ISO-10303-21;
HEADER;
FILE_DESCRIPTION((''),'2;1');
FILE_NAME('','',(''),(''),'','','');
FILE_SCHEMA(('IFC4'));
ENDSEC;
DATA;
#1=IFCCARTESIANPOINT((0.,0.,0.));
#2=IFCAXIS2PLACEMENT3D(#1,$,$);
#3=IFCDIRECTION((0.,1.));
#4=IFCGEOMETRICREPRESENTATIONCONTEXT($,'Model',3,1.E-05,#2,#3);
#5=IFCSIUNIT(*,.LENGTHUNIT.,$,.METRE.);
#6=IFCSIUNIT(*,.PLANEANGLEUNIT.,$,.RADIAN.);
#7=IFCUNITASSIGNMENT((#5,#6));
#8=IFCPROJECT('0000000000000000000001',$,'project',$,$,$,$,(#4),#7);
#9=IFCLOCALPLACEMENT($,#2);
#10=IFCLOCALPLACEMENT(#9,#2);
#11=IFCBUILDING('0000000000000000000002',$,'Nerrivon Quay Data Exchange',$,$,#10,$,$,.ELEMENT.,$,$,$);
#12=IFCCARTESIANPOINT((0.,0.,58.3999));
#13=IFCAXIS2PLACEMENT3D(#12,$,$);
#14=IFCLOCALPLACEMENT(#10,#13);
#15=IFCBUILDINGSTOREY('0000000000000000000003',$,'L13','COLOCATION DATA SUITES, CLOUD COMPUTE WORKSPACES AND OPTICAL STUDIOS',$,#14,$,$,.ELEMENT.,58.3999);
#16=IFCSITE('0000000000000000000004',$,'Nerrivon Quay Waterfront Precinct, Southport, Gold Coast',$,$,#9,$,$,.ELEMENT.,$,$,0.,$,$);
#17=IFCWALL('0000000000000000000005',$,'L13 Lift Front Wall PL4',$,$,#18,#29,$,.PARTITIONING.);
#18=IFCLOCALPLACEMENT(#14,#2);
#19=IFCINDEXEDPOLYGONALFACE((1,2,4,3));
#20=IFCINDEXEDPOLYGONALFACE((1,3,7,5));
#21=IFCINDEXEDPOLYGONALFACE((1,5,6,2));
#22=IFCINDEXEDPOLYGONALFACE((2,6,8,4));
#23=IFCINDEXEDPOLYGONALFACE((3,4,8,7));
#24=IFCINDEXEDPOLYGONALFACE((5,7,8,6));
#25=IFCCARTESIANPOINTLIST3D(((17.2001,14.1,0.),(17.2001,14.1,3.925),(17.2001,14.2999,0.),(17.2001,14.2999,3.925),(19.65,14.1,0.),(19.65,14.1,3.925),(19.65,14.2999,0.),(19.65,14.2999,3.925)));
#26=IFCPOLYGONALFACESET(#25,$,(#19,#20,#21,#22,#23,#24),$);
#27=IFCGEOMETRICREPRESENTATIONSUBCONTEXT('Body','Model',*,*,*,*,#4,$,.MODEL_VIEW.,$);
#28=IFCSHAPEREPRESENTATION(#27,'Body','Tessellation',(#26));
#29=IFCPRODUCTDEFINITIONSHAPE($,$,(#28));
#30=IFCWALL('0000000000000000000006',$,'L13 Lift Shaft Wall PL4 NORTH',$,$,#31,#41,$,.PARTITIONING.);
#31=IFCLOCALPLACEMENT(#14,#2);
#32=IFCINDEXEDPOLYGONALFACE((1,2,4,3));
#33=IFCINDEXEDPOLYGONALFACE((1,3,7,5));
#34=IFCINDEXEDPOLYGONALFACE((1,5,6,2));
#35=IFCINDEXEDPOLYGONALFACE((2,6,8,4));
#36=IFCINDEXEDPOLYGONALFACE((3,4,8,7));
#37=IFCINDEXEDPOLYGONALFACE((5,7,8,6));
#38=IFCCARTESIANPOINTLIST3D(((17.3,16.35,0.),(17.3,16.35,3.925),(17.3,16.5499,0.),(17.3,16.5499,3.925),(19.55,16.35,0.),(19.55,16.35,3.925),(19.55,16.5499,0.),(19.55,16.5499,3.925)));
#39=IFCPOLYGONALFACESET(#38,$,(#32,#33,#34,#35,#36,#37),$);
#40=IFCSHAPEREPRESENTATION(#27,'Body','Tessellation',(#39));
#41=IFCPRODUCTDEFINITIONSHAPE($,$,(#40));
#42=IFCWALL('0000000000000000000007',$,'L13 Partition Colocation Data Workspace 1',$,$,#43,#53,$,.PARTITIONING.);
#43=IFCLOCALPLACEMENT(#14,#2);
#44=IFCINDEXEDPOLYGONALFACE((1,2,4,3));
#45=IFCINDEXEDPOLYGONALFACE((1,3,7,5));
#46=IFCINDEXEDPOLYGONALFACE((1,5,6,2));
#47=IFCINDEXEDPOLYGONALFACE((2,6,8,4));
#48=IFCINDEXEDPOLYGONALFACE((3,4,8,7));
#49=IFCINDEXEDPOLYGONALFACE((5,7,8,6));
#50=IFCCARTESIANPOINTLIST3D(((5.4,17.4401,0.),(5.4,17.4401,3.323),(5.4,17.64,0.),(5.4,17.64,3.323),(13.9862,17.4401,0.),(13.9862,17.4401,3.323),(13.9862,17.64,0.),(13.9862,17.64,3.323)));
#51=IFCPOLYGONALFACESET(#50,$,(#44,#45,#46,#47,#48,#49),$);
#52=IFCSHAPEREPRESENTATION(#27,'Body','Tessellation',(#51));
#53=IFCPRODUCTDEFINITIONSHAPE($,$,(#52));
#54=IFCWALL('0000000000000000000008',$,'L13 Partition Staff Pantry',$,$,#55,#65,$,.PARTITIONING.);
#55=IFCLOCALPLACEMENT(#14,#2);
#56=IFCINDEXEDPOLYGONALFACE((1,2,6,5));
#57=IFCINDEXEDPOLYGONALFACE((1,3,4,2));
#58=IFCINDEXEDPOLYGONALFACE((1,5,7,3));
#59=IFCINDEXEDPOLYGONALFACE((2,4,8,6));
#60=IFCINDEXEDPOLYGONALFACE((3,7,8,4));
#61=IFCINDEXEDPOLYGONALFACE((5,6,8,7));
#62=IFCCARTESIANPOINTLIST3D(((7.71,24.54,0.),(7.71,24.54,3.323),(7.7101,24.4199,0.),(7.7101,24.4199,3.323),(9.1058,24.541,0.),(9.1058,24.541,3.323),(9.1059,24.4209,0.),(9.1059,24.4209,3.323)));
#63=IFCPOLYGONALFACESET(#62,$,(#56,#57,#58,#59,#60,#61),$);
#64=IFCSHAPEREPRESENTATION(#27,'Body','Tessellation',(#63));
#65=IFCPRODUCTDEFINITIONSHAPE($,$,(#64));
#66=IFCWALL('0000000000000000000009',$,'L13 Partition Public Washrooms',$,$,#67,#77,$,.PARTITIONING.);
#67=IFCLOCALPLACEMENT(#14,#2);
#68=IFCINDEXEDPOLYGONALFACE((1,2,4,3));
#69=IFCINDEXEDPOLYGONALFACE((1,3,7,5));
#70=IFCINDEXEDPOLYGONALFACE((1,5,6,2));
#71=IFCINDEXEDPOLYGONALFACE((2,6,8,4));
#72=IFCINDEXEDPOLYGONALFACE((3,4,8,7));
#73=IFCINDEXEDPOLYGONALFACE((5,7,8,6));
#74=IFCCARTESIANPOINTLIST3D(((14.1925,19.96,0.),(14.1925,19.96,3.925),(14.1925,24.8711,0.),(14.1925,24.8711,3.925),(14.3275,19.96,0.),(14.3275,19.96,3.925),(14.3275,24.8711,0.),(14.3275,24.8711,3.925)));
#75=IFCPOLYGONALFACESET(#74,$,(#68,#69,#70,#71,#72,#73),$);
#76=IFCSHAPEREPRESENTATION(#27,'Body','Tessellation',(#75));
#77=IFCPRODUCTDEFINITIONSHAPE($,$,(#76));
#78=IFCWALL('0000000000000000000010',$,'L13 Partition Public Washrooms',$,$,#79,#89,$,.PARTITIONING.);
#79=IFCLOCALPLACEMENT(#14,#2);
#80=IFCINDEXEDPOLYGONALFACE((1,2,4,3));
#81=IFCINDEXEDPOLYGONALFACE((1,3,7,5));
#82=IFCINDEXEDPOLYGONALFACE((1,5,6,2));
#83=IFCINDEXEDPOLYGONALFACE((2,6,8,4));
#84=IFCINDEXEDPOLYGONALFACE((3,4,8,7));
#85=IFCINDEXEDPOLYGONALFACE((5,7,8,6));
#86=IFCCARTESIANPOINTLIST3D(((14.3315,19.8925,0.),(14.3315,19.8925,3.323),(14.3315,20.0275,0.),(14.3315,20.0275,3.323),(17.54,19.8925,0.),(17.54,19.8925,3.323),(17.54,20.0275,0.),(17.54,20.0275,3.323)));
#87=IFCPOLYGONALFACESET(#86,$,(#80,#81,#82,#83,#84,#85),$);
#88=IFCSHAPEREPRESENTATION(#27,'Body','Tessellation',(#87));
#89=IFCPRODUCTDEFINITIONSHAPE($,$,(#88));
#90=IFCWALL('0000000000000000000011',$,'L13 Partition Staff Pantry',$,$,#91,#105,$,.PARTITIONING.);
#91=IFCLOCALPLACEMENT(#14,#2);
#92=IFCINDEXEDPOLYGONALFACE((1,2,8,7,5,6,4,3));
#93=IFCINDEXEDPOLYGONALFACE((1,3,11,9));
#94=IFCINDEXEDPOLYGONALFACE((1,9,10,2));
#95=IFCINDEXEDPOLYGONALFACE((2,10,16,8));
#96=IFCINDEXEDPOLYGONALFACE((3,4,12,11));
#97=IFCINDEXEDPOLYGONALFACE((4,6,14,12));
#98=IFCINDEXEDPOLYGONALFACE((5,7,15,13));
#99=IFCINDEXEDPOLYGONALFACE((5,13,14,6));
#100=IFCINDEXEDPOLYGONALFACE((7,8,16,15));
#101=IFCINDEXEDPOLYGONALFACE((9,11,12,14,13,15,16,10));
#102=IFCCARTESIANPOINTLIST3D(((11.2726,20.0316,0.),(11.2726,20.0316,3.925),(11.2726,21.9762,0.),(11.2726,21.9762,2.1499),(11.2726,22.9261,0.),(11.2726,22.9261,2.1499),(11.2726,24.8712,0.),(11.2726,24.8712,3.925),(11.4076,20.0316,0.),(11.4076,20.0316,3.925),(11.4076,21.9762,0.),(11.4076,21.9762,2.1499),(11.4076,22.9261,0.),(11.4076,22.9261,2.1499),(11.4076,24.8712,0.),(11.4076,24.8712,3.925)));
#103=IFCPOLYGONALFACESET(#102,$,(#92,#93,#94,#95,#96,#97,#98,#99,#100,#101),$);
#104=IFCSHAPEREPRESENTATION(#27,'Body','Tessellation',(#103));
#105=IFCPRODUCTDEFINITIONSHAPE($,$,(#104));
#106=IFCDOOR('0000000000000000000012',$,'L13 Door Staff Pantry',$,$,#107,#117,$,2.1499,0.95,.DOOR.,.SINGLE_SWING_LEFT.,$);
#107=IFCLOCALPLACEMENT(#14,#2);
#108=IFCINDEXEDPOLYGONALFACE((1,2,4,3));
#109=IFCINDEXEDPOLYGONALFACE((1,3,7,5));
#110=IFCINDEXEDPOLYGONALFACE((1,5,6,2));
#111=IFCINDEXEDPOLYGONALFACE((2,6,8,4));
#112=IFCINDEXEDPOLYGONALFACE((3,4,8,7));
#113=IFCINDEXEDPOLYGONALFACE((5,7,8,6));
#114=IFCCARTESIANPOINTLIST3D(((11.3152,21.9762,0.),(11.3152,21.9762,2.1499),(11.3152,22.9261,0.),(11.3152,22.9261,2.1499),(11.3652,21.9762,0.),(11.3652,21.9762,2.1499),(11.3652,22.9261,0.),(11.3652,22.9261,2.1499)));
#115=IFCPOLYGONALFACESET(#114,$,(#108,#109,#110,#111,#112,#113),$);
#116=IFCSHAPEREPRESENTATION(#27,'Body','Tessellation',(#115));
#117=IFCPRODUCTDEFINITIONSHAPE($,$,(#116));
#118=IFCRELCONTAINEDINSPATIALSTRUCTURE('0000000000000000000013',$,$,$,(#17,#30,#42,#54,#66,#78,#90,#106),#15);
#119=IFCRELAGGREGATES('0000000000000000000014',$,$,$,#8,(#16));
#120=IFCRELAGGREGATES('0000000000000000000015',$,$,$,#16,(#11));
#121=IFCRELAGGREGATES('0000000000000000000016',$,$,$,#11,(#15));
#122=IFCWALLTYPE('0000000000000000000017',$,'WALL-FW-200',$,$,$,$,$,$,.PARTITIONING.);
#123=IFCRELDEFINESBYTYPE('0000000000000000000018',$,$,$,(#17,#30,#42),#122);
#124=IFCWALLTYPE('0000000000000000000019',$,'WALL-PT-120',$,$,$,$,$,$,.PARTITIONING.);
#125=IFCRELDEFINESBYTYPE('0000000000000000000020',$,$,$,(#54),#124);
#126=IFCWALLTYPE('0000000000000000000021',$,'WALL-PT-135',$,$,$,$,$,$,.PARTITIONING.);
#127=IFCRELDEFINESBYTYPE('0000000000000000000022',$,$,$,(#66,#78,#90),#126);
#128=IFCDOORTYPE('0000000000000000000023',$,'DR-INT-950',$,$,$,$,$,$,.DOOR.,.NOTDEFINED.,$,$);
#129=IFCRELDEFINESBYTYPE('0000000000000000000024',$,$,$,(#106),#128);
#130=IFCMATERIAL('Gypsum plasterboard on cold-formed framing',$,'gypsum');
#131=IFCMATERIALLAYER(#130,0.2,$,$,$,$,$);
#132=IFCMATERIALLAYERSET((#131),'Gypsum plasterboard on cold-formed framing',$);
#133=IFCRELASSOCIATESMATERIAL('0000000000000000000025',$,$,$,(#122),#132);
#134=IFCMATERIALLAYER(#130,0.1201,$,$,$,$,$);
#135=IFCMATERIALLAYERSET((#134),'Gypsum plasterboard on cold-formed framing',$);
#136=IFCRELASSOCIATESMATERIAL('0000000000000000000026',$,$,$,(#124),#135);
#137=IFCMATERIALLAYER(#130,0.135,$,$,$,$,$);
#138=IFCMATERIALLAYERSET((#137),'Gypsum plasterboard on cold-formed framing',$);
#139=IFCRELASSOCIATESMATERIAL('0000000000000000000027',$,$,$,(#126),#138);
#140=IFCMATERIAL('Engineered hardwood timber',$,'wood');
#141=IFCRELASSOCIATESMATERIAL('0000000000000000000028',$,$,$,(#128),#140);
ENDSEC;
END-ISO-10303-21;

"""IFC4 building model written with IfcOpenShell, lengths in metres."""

from ifc_helpers import new_model, si_unit, direction, frame, frame_2d, origin, place, context, subcontext, project, spatial, rectangle, extrude, material, layer, layer_set, type_object, element, fill, save


model = new_model("IFC4")

# Units and contexts
model_context = context("Model", 3, precision=1e-05, world=origin(), true_north=direction((0.0, 1.0)))
body_context = subcontext(model_context, "Body", "Model", "MODEL_VIEW")
ifc_project = project(units=[si_unit("LENGTHUNIT", "METRE"), si_unit("PLANEANGLEUNIT", "RADIAN")], contexts=[model_context])

# Site, building, storey
site_placement = place(None, origin())
site = spatial("IfcSite", under=ifc_project, at=site_placement, Name="Nerrivon Quay Waterfront Precinct, Southport, Gold Coast", CompositionType="ELEMENT", RefElevation=0.0)
building_placement = place(site_placement, origin())
building = spatial("IfcBuilding", under=site, at=building_placement, Name="Nerrivon Quay Data Exchange", CompositionType="ELEMENT")
storey_placement = place(building_placement, frame((0.0, 0.0, 58.3999)))
storey = spatial("IfcBuildingStorey", under=building, at=storey_placement, Name="L13", Description="COLOCATION DATA SUITES, CLOUD COMPUTE WORKSPACES AND OPTICAL STUDIOS", CompositionType="ELEMENT", Elevation=58.3999)

# Shared definitions
ifc_material_1 = material(Name="Gypsum plasterboard on cold-formed framing", Category="gypsum")
ifc_layer_1 = layer(ifc_material_1, 0.2)
ifc_layer_set_1 = layer_set([ifc_layer_1], Name="Gypsum plasterboard on cold-formed framing")
wall_type_1 = type_object("IfcWallType", Name="WALL-FW-200", PredefinedType="PARTITIONING", material=ifc_layer_set_1)

# Walls
wall_1_placement = place(storey_placement, frame((17.2, 14.2, 0.0), z_axis=(0.0, 0.0, 1.0), x_axis=(1.0, 0.0, 0.0)))
element("IfcWall", 1, at=wall_1_placement, inside=storey, type_object=wall_type_1, Name="L13 Lift Front Wall PL4", PredefinedType="PARTITIONING", context=body_context, shape_type="SweptSolid", body=[
    extrude(rectangle(XDim=2.45, YDim=0.2, at=frame_2d((1.2251, 0.0))), origin(), (0.0, 0.0, 1.0), 3.925),
])
wall_2_placement = place(storey_placement, frame((17.3, 16.45, 0.0), z_axis=(0.0, 0.0, 1.0), x_axis=(1.0, 0.0, 0.0)))
element("IfcWall", 2, at=wall_2_placement, inside=storey, type_object=wall_type_1, Name="L13 Lift Shaft Wall PL4 NORTH", PredefinedType="PARTITIONING", context=body_context, shape_type="SweptSolid", body=[
    extrude(rectangle(XDim=2.25, YDim=0.2, at=frame_2d((1.125, 0.0))), origin(), (0.0, 0.0, 1.0), 3.925),
])
wall_3_placement = place(storey_placement, frame((13.9861, 17.54, 0.0), z_axis=(0.0, 0.0, 1.0), x_axis=(-1.0, 0.0, 0.0)))
element("IfcWall", 3, at=wall_3_placement, inside=storey, type_object=wall_type_1, Name="L13 Partition Colocation Data Workspace 1", PredefinedType="PARTITIONING", context=body_context, shape_type="SweptSolid", body=[
    extrude(rectangle(XDim=8.5862, YDim=0.2, at=frame_2d((4.293, 0.0))), origin(), (0.0, 0.0, 1.0), 3.323),
])
ifc_layer_2 = layer(ifc_material_1, 0.1201)
ifc_layer_set_2 = layer_set([ifc_layer_2], Name="Gypsum plasterboard on cold-formed framing")
wall_type_2 = type_object("IfcWallType", Name="WALL-PT-120", PredefinedType="PARTITIONING", material=ifc_layer_set_2)
wall_4_placement = place(storey_placement, frame((9.1057, 24.481, 0.0), z_axis=(0.0, 0.0, 1.0), x_axis=(-1.0, -0.0007, 0.0)))
element("IfcWall", 4, at=wall_4_placement, inside=storey, type_object=wall_type_2, Name="L13 Partition Staff Pantry", PredefinedType="PARTITIONING", context=body_context, shape_type="SweptSolid", body=[
    extrude(rectangle(XDim=1.3958, YDim=0.1201, at=frame_2d((0.6978, 0.0))), origin(), (0.0, 0.0, 1.0), 3.323),
])
ifc_layer_3 = layer(ifc_material_1, 0.135)
ifc_layer_set_3 = layer_set([ifc_layer_3], Name="Gypsum plasterboard on cold-formed framing")
wall_type_3 = type_object("IfcWallType", Name="WALL-PT-135", PredefinedType="PARTITIONING", material=ifc_layer_set_3)
wall_5_placement = place(storey_placement, frame((14.26, 24.8711, 0.0), z_axis=(0.0, 0.0, 1.0), x_axis=(0.0, -1.0, 0.0)))
element("IfcWall", 5, at=wall_5_placement, inside=storey, type_object=wall_type_3, Name="L13 Partition Public Washrooms", PredefinedType="PARTITIONING", context=body_context, shape_type="SweptSolid", body=[
    extrude(rectangle(XDim=4.9111, YDim=0.135, at=frame_2d((2.4556, 0.0))), origin(), (0.0, 0.0, 1.0), 3.925),
])
wall_6_placement = place(storey_placement, frame((14.3315, 19.96, 0.0), z_axis=(0.0, 0.0, 1.0), x_axis=(1.0, 0.0, 0.0)))
element("IfcWall", 6, at=wall_6_placement, inside=storey, type_object=wall_type_3, Name="L13 Partition Public Washrooms", PredefinedType="PARTITIONING", context=body_context, shape_type="SweptSolid", body=[
    extrude(rectangle(XDim=3.2085, YDim=0.135, at=frame_2d((1.6042, 0.0))), origin(), (0.0, 0.0, 1.0), 3.323),
])

# Wall, opening, door
wall_7_placement = place(storey_placement, frame((11.3401, 20.0315, 0.0), z_axis=(0.0, 0.0, 1.0), x_axis=(0.0, 1.0, 0.0)))
wall_7 = element("IfcWall", 7, at=wall_7_placement, inside=storey, type_object=wall_type_3, Name="L13 Partition Staff Pantry", PredefinedType="PARTITIONING", context=body_context, shape_type="SweptSolid", body=[
    extrude(rectangle(XDim=4.8396, YDim=0.135, at=frame_2d((2.4199, 0.0))), origin(), (0.0, 0.0, 1.0), 3.925),
])
opening_1_placement = place(wall_7_placement, frame((1.9446, 0.0, 0.0)))
opening_1 = element("IfcOpeningElement", 8, at=opening_1_placement, cuts=wall_7, PredefinedType="OPENING", context=body_context, shape_type="SweptSolid", body=[
    extrude(rectangle(XDim=0.95, YDim=2.1499, at=frame_2d((0.4751, 1.075))), frame((0.0, 0.0774, 0.0), z_axis=(0.0, -1.0, 0.0), x_axis=(1.0, 0.0, 0.0)), (0.0, 0.0, 1.0), 0.155),
])
ifc_material_2 = material(Name="Engineered hardwood timber", Category="wood")
door_type_1 = type_object("IfcDoorType", Name="DR-INT-950", OperationType="NOTDEFINED", PredefinedType="DOOR", material=ifc_material_2)
door_1_placement = place(opening_1_placement, origin())
door_1 = element("IfcDoor", 9, at=door_1_placement, inside=storey, type_object=door_type_1, Name="L13 Door Staff Pantry", OperationType="SINGLE_SWING_LEFT", OverallHeight=2.1499, OverallWidth=0.95, PredefinedType="DOOR", context=body_context, shape_type="SweptSolid", body=[
    extrude(rectangle(XDim=0.95, YDim=2.1499, at=frame_2d((0.4751, 1.075))), frame((0.0, 0.0249, 0.0), z_axis=(0.0, -1.0, 0.0), x_axis=(1.0, 0.0, 0.0)), (0.0, 0.0, 1.0), 0.05),
])
fill(opening_1, door_1)

save(model, "model.ifc")
